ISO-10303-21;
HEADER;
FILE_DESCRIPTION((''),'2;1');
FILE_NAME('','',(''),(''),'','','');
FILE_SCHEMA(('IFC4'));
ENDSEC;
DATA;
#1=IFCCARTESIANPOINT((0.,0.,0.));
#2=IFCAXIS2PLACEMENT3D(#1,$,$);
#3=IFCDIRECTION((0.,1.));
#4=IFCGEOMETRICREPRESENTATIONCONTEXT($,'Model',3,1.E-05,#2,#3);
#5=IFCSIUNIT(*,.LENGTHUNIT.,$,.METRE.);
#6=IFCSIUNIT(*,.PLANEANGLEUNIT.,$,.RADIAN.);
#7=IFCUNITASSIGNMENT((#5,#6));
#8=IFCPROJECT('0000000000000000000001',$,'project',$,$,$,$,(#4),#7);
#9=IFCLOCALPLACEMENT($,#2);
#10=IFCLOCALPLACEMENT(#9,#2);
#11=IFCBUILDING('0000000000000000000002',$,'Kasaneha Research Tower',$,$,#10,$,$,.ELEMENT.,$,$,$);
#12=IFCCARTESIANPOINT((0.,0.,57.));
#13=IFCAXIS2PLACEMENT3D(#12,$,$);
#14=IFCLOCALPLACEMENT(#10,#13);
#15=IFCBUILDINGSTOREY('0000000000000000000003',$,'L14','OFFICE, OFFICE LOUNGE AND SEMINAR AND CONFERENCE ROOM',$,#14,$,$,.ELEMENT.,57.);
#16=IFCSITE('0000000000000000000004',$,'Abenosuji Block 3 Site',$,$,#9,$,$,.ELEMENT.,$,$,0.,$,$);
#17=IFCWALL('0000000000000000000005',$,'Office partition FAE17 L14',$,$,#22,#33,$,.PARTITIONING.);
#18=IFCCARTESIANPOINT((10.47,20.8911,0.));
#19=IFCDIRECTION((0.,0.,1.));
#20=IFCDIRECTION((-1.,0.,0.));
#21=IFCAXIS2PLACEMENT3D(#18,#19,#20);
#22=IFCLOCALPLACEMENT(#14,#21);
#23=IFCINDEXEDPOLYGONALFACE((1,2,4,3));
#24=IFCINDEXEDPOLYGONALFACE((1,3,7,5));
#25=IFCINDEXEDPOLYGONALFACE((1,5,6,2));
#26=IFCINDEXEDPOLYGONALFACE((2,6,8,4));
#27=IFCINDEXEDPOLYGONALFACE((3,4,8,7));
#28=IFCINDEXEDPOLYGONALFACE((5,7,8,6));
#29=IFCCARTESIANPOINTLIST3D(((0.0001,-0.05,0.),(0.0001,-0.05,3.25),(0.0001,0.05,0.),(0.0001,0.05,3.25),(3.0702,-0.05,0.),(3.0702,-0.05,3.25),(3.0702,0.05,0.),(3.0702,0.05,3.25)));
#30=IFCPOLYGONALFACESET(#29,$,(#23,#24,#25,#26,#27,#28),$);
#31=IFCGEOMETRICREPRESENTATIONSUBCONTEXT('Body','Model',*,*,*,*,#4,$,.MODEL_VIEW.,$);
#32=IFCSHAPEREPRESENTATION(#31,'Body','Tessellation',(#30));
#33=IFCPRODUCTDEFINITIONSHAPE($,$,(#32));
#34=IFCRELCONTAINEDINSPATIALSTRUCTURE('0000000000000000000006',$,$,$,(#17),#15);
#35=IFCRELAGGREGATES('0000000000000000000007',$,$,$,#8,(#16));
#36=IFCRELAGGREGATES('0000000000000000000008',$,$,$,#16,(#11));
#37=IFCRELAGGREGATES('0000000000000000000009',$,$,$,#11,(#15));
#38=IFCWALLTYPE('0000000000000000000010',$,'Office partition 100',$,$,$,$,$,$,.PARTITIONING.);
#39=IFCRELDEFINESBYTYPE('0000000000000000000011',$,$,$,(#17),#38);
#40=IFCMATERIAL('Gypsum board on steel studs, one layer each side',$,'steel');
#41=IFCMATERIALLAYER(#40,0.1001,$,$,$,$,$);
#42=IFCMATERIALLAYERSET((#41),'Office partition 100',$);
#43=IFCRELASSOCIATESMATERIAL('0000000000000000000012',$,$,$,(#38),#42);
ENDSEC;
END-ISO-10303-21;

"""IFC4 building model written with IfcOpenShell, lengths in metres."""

from ifc_helpers import new_model, si_unit, direction, frame, frame_2d, origin, place, context, subcontext, project, spatial, rectangle, extrude, material, layer, layer_set, type_object, element, save


model = new_model("IFC4")

# Units and contexts
model_context = context("Model", 3, precision=1e-05, world=origin(), true_north=direction((0.0, 1.0)))
body_context = subcontext(model_context, "Body", "Model", "MODEL_VIEW")
ifc_project = project(units=[si_unit("LENGTHUNIT", "METRE"), si_unit("PLANEANGLEUNIT", "RADIAN")], contexts=[model_context])

# Site, building, storey
site_placement = place(None, origin())
site = spatial("IfcSite", under=ifc_project, at=site_placement, Name="Abenosuji Block 3 Site", CompositionType="ELEMENT", RefElevation=0.0)
building_placement = place(site_placement, origin())
building = spatial("IfcBuilding", under=site, at=building_placement, Name="Kasaneha Research Tower", CompositionType="ELEMENT")
storey_placement = place(building_placement, frame((0.0, 0.0, 57.0)))
storey = spatial("IfcBuildingStorey", under=building, at=storey_placement, Name="L14", Description="OFFICE, OFFICE LOUNGE AND SEMINAR AND CONFERENCE ROOM", CompositionType="ELEMENT", Elevation=57.0)

# Shared definitions
ifc_material_1 = material(Name="Gypsum board on steel studs, one layer each side", Category="steel")
ifc_layer_1 = layer(ifc_material_1, 0.1001)
ifc_layer_set_1 = layer_set([ifc_layer_1], Name="Office partition 100")
wall_type = type_object("IfcWallType", Name="Office partition 100", PredefinedType="PARTITIONING", material=ifc_layer_set_1)

# Wall
for number, where, z_axis, x_axis, name in (
    (1, (10.47, 20.8911, 0.0), (0.0, 0.0, 1.0), (-1.0, 0.0, 0.0), "Office partition FAE17 L14"),
):
    element("IfcWall", number, at=place(storey_placement, frame(where, z_axis=z_axis, x_axis=x_axis)), inside=storey, type_object=wall_type, Name=name, PredefinedType="PARTITIONING", context=body_context, shape_type="SweptSolid", body=[
        extrude(rectangle(XDim=3.0701, YDim=0.1001, at=frame_2d((1.5352, 0.0))), origin(), (0.0, 0.0, 1.0), 3.25),
    ])

save(model, "model.ifc")
